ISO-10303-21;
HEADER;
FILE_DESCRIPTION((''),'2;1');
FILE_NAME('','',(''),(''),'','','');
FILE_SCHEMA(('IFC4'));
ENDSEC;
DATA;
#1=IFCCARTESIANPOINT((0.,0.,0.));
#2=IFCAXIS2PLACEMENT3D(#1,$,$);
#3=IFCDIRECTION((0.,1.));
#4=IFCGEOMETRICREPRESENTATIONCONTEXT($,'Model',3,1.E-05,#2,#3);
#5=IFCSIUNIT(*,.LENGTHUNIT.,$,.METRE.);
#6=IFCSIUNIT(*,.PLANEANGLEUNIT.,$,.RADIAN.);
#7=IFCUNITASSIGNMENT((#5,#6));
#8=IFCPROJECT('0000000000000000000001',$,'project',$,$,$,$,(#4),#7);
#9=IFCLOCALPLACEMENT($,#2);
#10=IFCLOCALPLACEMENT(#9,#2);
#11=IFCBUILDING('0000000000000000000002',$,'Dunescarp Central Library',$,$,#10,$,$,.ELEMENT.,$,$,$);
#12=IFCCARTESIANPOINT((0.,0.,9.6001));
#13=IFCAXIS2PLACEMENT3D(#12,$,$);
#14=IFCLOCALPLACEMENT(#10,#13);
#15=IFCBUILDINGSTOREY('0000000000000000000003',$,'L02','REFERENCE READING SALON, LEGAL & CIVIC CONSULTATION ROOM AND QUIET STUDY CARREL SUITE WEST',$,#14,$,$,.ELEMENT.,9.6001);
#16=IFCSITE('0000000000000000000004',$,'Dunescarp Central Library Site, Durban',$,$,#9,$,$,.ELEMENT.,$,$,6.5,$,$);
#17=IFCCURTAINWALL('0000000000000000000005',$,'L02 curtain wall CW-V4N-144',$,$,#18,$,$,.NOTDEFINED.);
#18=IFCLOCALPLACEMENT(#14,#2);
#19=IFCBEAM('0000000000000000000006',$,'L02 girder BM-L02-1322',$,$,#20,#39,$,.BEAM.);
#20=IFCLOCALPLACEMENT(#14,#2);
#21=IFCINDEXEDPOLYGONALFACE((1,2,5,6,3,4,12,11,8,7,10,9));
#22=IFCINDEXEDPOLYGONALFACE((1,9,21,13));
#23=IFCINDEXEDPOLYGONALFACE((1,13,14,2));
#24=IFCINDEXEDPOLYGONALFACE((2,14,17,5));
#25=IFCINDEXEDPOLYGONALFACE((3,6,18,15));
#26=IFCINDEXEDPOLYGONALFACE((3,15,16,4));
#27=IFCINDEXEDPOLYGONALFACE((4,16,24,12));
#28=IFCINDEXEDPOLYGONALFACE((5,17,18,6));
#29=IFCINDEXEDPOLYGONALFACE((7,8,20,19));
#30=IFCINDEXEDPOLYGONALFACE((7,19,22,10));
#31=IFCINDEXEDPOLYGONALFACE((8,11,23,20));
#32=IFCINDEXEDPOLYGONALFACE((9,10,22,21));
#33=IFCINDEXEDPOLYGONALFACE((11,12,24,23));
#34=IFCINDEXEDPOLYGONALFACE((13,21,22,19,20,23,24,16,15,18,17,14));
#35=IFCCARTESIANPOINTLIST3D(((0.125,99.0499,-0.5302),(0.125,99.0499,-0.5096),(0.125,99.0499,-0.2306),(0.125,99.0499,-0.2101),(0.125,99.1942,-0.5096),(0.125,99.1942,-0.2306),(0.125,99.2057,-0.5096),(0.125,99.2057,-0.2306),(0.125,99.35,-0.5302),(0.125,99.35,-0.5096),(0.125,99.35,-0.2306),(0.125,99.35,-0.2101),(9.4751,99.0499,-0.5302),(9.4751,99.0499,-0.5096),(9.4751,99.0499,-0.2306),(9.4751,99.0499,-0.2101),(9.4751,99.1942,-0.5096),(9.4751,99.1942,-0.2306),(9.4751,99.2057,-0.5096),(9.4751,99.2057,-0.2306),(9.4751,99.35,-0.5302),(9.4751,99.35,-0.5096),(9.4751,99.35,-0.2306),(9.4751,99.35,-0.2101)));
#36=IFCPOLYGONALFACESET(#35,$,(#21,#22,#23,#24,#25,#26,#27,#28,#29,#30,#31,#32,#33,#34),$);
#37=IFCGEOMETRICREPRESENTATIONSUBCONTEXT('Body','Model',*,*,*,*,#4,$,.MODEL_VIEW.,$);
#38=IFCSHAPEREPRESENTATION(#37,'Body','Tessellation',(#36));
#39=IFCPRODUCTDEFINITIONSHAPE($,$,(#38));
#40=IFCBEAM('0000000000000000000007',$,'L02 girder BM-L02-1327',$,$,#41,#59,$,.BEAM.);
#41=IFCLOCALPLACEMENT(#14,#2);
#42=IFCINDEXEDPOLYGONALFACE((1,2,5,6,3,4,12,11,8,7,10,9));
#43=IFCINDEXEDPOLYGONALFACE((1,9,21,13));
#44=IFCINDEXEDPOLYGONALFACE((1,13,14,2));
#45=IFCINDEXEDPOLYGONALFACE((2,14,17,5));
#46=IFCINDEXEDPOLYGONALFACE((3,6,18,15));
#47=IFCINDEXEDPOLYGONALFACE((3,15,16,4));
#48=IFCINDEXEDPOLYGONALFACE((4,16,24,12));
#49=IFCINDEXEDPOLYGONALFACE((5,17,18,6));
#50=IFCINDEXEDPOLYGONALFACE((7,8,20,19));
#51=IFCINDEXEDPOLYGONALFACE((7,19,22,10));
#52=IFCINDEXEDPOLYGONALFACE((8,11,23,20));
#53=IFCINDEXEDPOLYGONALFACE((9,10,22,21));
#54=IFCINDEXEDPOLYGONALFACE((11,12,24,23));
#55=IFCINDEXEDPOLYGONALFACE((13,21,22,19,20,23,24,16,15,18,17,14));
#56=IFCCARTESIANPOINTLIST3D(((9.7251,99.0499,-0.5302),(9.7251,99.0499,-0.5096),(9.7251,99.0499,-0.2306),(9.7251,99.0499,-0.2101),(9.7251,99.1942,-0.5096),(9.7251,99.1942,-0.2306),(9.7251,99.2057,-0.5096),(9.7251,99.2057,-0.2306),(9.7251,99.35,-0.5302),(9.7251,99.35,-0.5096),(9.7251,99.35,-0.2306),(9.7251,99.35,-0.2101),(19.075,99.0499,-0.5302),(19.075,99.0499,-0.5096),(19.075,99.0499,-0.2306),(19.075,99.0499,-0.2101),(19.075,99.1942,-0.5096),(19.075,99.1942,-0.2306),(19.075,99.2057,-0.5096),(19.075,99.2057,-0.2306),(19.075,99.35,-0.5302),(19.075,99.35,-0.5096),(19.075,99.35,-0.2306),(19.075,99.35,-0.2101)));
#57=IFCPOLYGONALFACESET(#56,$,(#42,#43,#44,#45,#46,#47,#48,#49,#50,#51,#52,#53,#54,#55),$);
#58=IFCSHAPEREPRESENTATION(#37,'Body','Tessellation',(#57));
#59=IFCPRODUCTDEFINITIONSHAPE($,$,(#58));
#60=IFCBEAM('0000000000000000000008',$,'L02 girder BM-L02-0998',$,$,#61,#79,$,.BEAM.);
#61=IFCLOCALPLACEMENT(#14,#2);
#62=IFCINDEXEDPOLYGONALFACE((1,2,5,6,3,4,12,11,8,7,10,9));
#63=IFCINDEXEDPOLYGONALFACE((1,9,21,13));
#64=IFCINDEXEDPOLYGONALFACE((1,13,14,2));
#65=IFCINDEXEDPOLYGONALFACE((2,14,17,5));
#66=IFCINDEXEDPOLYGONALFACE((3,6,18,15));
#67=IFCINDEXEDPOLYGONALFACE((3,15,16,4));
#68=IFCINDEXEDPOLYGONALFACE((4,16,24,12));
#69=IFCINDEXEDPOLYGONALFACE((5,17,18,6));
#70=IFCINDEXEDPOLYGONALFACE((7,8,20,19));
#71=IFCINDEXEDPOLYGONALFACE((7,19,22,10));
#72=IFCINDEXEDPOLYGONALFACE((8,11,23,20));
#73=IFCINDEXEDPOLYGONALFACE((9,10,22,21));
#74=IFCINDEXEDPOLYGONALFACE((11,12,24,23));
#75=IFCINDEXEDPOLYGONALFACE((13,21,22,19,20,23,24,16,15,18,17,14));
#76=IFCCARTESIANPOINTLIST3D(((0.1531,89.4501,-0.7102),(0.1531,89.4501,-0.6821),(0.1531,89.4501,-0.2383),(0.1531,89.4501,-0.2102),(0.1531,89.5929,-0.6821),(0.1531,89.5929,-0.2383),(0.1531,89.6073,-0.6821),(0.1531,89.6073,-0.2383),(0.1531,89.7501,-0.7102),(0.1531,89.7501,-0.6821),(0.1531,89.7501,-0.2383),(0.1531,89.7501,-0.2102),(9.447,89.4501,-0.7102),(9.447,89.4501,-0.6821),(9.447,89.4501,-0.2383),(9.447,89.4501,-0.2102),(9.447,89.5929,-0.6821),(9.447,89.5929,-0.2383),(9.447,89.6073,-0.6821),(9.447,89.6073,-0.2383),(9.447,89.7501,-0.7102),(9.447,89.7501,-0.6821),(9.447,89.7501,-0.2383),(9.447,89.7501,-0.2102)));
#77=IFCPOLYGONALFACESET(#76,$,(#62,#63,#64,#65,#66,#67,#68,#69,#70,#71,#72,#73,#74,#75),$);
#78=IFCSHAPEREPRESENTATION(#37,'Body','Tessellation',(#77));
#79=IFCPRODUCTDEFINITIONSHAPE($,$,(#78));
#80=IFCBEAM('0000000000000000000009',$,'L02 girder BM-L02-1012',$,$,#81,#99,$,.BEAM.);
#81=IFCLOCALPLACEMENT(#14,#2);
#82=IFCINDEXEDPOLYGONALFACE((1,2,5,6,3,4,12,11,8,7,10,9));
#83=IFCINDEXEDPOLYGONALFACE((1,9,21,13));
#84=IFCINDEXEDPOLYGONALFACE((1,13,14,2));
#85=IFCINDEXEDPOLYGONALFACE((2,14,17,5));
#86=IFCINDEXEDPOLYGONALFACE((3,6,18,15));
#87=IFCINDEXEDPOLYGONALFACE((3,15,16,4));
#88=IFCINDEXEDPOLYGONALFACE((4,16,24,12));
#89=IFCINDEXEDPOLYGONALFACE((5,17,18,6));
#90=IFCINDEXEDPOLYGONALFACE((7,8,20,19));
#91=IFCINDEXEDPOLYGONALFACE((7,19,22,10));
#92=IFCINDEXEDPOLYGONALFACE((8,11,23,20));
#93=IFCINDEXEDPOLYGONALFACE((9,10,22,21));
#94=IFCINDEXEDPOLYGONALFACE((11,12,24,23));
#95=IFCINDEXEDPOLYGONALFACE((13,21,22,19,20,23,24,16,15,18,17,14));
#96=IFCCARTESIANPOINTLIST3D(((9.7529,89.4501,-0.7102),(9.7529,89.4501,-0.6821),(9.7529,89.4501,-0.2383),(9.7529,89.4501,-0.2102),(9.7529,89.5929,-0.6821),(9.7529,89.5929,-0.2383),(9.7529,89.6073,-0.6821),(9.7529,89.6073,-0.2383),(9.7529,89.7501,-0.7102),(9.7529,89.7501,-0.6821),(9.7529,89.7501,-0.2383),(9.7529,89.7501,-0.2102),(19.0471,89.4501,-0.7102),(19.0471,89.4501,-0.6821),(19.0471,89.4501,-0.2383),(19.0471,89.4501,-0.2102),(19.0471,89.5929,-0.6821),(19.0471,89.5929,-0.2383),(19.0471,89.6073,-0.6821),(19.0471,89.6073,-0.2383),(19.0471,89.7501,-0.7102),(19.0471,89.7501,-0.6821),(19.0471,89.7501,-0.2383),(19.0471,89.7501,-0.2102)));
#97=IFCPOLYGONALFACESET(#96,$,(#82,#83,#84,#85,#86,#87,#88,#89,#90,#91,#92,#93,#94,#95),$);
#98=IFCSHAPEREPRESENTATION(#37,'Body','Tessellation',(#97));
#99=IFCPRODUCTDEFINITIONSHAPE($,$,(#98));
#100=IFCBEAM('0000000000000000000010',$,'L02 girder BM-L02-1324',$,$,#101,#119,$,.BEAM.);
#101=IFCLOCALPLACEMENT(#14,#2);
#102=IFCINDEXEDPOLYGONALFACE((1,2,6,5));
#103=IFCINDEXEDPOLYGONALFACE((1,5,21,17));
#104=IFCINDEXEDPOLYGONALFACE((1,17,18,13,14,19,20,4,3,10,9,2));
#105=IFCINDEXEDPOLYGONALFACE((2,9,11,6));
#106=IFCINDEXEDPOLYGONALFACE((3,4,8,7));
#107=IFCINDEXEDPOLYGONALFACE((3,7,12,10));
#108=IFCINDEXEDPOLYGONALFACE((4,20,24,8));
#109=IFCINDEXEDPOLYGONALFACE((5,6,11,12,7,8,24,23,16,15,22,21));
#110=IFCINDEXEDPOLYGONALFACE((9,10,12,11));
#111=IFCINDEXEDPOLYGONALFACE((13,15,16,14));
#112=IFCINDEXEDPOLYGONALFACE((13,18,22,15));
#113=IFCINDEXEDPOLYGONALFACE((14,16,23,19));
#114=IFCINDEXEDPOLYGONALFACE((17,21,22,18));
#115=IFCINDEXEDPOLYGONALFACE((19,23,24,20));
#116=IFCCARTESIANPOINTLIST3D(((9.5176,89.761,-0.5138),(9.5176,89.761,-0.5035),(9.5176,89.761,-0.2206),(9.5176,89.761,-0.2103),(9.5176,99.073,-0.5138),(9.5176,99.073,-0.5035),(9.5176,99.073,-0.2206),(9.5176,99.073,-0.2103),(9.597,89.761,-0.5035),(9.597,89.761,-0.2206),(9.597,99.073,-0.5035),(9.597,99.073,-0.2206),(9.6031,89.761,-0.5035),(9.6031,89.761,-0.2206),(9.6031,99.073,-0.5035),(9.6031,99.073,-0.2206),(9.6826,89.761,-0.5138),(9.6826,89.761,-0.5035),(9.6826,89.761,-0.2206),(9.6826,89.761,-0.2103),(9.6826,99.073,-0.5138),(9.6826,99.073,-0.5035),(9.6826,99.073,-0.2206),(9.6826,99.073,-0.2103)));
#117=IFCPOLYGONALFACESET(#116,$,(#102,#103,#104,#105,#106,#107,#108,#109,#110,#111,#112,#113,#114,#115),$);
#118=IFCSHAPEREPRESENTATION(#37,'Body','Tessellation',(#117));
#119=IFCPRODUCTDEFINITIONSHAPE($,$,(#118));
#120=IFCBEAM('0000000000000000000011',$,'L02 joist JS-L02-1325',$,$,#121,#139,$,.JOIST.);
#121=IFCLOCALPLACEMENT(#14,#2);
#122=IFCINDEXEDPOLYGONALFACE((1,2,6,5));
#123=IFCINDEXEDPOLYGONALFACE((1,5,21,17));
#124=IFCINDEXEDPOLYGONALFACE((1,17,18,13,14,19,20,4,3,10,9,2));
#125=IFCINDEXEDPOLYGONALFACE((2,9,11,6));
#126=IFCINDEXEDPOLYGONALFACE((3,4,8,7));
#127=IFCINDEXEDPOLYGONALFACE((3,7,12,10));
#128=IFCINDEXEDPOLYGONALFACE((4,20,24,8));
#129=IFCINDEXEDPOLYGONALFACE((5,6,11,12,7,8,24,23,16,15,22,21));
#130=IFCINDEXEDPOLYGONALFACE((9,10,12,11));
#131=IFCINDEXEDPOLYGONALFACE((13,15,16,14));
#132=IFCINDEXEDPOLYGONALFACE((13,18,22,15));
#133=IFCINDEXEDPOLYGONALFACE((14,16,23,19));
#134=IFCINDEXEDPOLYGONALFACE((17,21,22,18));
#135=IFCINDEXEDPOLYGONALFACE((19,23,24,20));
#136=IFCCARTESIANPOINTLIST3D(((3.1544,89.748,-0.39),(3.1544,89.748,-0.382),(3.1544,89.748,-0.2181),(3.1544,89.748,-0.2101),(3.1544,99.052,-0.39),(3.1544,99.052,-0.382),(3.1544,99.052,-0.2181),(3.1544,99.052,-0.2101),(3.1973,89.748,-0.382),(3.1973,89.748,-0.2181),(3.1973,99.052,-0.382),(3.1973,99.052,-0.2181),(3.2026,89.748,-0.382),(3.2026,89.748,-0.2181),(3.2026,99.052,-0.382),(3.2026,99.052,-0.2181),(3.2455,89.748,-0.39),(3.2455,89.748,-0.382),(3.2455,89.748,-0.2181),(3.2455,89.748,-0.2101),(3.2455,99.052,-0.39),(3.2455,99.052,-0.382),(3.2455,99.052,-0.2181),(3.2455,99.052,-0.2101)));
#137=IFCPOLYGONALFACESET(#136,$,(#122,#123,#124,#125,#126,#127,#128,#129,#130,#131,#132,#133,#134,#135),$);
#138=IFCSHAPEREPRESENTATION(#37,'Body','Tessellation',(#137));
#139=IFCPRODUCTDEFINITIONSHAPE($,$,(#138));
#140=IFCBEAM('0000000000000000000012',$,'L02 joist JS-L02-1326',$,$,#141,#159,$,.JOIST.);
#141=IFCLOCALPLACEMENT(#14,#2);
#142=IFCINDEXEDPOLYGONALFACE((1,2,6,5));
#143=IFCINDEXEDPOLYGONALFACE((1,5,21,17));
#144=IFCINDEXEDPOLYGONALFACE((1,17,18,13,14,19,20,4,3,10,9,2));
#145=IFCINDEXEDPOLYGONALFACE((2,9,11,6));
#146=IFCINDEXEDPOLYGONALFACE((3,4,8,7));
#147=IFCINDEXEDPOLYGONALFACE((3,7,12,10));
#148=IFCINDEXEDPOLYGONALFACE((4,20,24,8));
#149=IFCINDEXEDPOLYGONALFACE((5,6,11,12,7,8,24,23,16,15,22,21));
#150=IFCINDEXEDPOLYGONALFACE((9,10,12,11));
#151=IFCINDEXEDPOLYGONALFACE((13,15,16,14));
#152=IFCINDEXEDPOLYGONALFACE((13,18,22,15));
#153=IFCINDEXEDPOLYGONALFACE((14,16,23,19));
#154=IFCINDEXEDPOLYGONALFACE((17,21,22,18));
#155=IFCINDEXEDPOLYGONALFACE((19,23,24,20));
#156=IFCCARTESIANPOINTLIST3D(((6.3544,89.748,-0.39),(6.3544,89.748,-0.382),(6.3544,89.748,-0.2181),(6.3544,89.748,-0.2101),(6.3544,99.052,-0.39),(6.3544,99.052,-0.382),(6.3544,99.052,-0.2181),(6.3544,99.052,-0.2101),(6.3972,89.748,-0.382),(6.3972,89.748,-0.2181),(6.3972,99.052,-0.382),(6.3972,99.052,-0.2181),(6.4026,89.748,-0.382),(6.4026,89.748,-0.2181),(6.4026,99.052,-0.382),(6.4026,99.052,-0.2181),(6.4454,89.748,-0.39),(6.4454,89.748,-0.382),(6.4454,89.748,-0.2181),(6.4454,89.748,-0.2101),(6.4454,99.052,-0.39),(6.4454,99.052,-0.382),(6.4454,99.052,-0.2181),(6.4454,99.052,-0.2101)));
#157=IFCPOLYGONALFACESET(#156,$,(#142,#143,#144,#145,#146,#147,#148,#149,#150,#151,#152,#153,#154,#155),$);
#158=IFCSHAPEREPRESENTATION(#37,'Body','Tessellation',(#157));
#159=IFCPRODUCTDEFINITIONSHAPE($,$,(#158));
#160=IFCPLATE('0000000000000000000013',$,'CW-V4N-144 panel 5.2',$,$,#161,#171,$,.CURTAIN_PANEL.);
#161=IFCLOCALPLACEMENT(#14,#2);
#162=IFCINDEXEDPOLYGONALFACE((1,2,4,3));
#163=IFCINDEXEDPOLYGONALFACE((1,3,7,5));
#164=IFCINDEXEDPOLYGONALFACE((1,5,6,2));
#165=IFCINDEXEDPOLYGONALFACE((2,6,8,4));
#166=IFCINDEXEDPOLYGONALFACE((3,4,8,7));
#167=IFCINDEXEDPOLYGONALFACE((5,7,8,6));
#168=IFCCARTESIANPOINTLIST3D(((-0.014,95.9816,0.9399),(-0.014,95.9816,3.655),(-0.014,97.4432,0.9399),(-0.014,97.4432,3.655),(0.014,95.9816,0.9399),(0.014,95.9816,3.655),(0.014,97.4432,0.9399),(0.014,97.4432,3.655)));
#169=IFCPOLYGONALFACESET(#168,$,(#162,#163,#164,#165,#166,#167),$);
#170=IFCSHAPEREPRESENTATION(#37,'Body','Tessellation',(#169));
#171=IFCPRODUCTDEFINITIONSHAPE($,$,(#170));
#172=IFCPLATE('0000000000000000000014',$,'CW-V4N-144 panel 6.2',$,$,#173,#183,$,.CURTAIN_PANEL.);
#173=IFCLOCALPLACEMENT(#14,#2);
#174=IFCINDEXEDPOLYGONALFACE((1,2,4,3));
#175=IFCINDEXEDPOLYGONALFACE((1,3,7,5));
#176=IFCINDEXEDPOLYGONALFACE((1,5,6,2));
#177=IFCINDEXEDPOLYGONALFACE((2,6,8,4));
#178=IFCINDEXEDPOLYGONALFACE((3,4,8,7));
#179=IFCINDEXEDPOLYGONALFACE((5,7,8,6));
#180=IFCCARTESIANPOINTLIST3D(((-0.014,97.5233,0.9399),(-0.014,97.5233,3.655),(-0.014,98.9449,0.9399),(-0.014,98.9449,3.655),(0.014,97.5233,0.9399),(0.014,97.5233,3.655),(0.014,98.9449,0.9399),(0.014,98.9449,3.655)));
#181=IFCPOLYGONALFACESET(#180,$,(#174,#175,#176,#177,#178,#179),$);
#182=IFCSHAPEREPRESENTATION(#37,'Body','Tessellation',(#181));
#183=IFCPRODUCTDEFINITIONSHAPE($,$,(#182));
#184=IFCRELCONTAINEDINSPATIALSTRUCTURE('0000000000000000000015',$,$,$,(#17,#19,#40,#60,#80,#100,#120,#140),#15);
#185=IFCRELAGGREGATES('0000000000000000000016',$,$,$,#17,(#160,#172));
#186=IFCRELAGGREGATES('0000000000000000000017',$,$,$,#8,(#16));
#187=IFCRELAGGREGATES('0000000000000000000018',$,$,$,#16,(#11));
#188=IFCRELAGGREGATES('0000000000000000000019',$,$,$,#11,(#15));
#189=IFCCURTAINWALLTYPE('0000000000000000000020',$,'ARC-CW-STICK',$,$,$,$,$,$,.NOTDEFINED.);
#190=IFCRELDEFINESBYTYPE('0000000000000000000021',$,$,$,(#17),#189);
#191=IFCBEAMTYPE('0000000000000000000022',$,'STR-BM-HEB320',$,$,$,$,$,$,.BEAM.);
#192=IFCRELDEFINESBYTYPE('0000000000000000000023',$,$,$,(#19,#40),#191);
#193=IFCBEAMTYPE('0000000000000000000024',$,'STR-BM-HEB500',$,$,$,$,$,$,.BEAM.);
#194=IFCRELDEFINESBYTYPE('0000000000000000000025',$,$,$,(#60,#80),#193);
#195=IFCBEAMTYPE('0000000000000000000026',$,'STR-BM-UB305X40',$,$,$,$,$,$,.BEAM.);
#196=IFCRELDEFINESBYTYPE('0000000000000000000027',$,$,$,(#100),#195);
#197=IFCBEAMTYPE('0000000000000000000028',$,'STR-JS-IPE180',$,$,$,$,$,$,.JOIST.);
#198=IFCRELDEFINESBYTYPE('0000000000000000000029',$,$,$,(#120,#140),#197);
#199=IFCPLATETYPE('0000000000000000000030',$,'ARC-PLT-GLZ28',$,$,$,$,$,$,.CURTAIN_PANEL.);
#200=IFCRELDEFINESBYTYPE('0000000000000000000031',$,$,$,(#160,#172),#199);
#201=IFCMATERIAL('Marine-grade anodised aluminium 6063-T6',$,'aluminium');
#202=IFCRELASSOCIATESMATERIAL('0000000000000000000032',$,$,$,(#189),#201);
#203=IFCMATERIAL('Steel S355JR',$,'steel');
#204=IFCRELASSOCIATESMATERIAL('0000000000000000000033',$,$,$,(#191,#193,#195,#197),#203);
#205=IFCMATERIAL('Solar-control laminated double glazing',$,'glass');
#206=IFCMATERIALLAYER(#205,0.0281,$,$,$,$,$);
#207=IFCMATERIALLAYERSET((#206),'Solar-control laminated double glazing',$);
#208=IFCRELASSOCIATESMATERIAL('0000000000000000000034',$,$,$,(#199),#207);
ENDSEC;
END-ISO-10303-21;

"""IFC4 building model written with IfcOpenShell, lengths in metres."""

from ifc_helpers import new_model, si_unit, direction, frame, origin, origin_2d, place, context, subcontext, project, spatial, rectangle, i_section, extrude, material, layer, layer_set, material_profile, profile_set, type_object, element, aggregate, save


model = new_model("IFC4")

# Units and contexts
model_context = context("Model", 3, precision=1e-05, world=origin(), true_north=direction((0.0, 1.0)))
body_context = subcontext(model_context, "Body", "Model", "MODEL_VIEW")
ifc_project = project(units=[si_unit("LENGTHUNIT", "METRE"), si_unit("PLANEANGLEUNIT", "RADIAN")], contexts=[model_context])

# Site, building, storey
site_placement = place(None, origin())
site = spatial("IfcSite", under=ifc_project, at=site_placement, Name="Dunescarp Central Library Site, Durban", CompositionType="ELEMENT", RefElevation=6.5)
building_placement = place(site_placement, origin())
building = spatial("IfcBuilding", under=site, at=building_placement, Name="Dunescarp Central Library", CompositionType="ELEMENT")
storey_placement = place(building_placement, frame((0.0, 0.0, 9.6001)))
storey = spatial("IfcBuildingStorey", under=building, at=storey_placement, Name="L02", Description="REFERENCE READING SALON, LEGAL & CIVIC CONSULTATION ROOM AND QUIET STUDY CARREL SUITE WEST", CompositionType="ELEMENT", Elevation=9.6001)

# Shared definitions
ifc_material_1 = material(Name="Steel S355JR", Category="steel")

# Curtain wall
ifc_material_2 = material(Name="Marine-grade anodised aluminium 6063-T6", Category="aluminium")
curtain_wall_type = type_object("IfcCurtainWallType", Name="ARC-CW-STICK", PredefinedType="NOTDEFINED", material=ifc_material_2)
curtain_wall_placement = place(storey_placement, origin())
curtain_wall = element("IfcCurtainWall", 1, at=curtain_wall_placement, inside=storey, type_object=curtain_wall_type, Name="L02 curtain wall CW-V4N-144", PredefinedType="NOTDEFINED")

# Beams
ifc_material_profile_1 = material_profile(ifc_material_1, i_section(OverallWidth=0.3, OverallDepth=0.3201, WebThickness=0.0115, FlangeThickness=0.0205, at=origin_2d()), Name="HEB 320")
ifc_profile_set_1 = profile_set([ifc_material_profile_1], Name="Steel S355JR")
beam_type_1 = type_object("IfcBeamType", Name="STR-BM-HEB320", PredefinedType="BEAM", material=ifc_profile_set_1)
beam_1_placement = place(storey_placement, frame((0.125, 99.2, -0.3701), z_axis=(1.0, 0.0, 0.0), x_axis=(0.0, 1.0, 0.0)))
element("IfcBeam", 2, at=beam_1_placement, inside=storey, type_object=beam_type_1, Name="L02 girder BM-L02-1322", PredefinedType="BEAM", context=body_context, shape_type="SweptSolid", body=[
    extrude(i_section(OverallWidth=0.3, OverallDepth=0.3201, WebThickness=0.0115, FlangeThickness=0.0205, at=origin_2d()), origin(), (0.0, 0.0, 1.0), 9.3501),
])
beam_2_placement = place(storey_placement, frame((9.7251, 99.2, -0.3701), z_axis=(1.0, 0.0, 0.0), x_axis=(0.0, 1.0, 0.0)))
element("IfcBeam", 3, at=beam_2_placement, inside=storey, type_object=beam_type_1, Name="L02 girder BM-L02-1327", PredefinedType="BEAM", context=body_context, shape_type="SweptSolid", body=[
    extrude(i_section(OverallWidth=0.3, OverallDepth=0.3201, WebThickness=0.0115, FlangeThickness=0.0205, at=origin_2d()), origin(), (0.0, 0.0, 1.0), 9.3499),
])
ifc_material_profile_2 = material_profile(ifc_material_1, i_section(OverallWidth=0.3, OverallDepth=0.5, WebThickness=0.0144, FlangeThickness=0.0281, at=origin_2d()), Name="HEB 500")
ifc_profile_set_2 = profile_set([ifc_material_profile_2], Name="Steel S355JR")
beam_type_2 = type_object("IfcBeamType", Name="STR-BM-HEB500", PredefinedType="BEAM", material=ifc_profile_set_2)
beam_3_placement = place(storey_placement, frame((0.1531, 89.6001, -0.4602), z_axis=(1.0, 0.0, 0.0), x_axis=(0.0, 1.0, 0.0)))
element("IfcBeam", 4, at=beam_3_placement, inside=storey, type_object=beam_type_2, Name="L02 girder BM-L02-0998", PredefinedType="BEAM", context=body_context, shape_type="SweptSolid", body=[
    extrude(i_section(OverallWidth=0.3, OverallDepth=0.5, WebThickness=0.0144, FlangeThickness=0.0281, at=origin_2d()), origin(), (0.0, 0.0, 1.0), 9.2939),
])
beam_4_placement = place(storey_placement, frame((9.7529, 89.6001, -0.4602), z_axis=(1.0, 0.0, 0.0), x_axis=(0.0, 1.0, 0.0)))
element("IfcBeam", 5, at=beam_4_placement, inside=storey, type_object=beam_type_2, Name="L02 girder BM-L02-1012", PredefinedType="BEAM", context=body_context, shape_type="SweptSolid", body=[
    extrude(i_section(OverallWidth=0.3, OverallDepth=0.5, WebThickness=0.0144, FlangeThickness=0.0281, at=origin_2d()), origin(), (0.0, 0.0, 1.0), 9.2942),
])
ifc_material_profile_3 = material_profile(ifc_material_1, i_section(OverallWidth=0.165, OverallDepth=0.3035, WebThickness=0.0061, FlangeThickness=0.0103, at=origin_2d()), Name="UB 305x165x40")
ifc_profile_set_3 = profile_set([ifc_material_profile_3], Name="Steel S355JR")
beam_type_3 = type_object("IfcBeamType", Name="STR-BM-UB305X40", PredefinedType="BEAM", material=ifc_profile_set_3)
beam_5_placement = place(storey_placement, frame((9.6001, 89.761, -0.3621), z_axis=(0.0, 1.0, 0.0), x_axis=(-1.0, 0.0, 0.0)))
element("IfcBeam", 6, at=beam_5_placement, inside=storey, type_object=beam_type_3, Name="L02 girder BM-L02-1324", PredefinedType="BEAM", context=body_context, shape_type="SweptSolid", body=[
    extrude(i_section(OverallWidth=0.165, OverallDepth=0.3035, WebThickness=0.0061, FlangeThickness=0.0103, at=origin_2d()), origin(), (0.0, 0.0, 1.0), 9.312),
])
ifc_material_profile_4 = material_profile(ifc_material_1, i_section(OverallWidth=0.0911, OverallDepth=0.1799, WebThickness=0.0054, FlangeThickness=0.0081, at=origin_2d()), Name="IPE 180")
ifc_profile_set_4 = profile_set([ifc_material_profile_4], Name="Steel S355JR")
beam_type_4 = type_object("IfcBeamType", Name="STR-JS-IPE180", PredefinedType="JOIST", material=ifc_profile_set_4)
for number, where, z_axis, x_axis, name in (
    (7, (3.2, 89.748, -0.3), (0.0, 1.0, 0.0), (-1.0, 0.0, 0.0), "L02 joist JS-L02-1325"),
    (8, (6.3999, 89.748, -0.3), (0.0, 1.0, 0.0), (-1.0, 0.0, 0.0), "L02 joist JS-L02-1326"),
):
    element("IfcBeam", number, at=place(storey_placement, frame(where, z_axis=z_axis, x_axis=x_axis)), inside=storey, type_object=beam_type_4, Name=name, PredefinedType="JOIST", context=body_context, shape_type="SweptSolid", body=[
        extrude(i_section(OverallWidth=0.0911, OverallDepth=0.1799, WebThickness=0.0054, FlangeThickness=0.0081, at=origin_2d()), origin(), (0.0, 0.0, 1.0), 9.304),
    ])

# Plates
ifc_material_3 = material(Name="Solar-control laminated double glazing", Category="glass")
ifc_layer_1 = layer(ifc_material_3, 0.0281)
ifc_layer_set_1 = layer_set([ifc_layer_1], Name="Solar-control laminated double glazing")
plate_type_1 = type_object("IfcPlateType", Name="ARC-PLT-GLZ28", PredefinedType="CURTAIN_PANEL", material=ifc_layer_set_1)
plate_1_placement = place(storey_placement, frame((0.0, 96.7124, 0.9399), z_axis=(0.0, 0.0, 1.0), x_axis=(0.0, 1.0, 0.0)))
plate_1 = element("IfcPlate", 9, at=plate_1_placement, type_object=plate_type_1, Name="CW-V4N-144 panel 5.2", PredefinedType="CURTAIN_PANEL", context=body_context, shape_type="SweptSolid", body=[
    extrude(rectangle(XDim=1.4617, YDim=0.0281, at=origin_2d()), origin(), (0.0, 0.0, 1.0), 2.7151),
])
plate_2_placement = place(storey_placement, frame((0.0, 98.2341, 0.9399), z_axis=(0.0, 0.0, 1.0), x_axis=(0.0, 1.0, 0.0)))
plate_2 = element("IfcPlate", 10, at=plate_2_placement, type_object=plate_type_1, Name="CW-V4N-144 panel 6.2", PredefinedType="CURTAIN_PANEL", context=body_context, shape_type="SweptSolid", body=[
    extrude(rectangle(XDim=1.4216, YDim=0.0281, at=origin_2d()), origin(), (0.0, 0.0, 1.0), 2.7151),
])
aggregate(curtain_wall, [plate_1, plate_2])

save(model, "model.ifc")
